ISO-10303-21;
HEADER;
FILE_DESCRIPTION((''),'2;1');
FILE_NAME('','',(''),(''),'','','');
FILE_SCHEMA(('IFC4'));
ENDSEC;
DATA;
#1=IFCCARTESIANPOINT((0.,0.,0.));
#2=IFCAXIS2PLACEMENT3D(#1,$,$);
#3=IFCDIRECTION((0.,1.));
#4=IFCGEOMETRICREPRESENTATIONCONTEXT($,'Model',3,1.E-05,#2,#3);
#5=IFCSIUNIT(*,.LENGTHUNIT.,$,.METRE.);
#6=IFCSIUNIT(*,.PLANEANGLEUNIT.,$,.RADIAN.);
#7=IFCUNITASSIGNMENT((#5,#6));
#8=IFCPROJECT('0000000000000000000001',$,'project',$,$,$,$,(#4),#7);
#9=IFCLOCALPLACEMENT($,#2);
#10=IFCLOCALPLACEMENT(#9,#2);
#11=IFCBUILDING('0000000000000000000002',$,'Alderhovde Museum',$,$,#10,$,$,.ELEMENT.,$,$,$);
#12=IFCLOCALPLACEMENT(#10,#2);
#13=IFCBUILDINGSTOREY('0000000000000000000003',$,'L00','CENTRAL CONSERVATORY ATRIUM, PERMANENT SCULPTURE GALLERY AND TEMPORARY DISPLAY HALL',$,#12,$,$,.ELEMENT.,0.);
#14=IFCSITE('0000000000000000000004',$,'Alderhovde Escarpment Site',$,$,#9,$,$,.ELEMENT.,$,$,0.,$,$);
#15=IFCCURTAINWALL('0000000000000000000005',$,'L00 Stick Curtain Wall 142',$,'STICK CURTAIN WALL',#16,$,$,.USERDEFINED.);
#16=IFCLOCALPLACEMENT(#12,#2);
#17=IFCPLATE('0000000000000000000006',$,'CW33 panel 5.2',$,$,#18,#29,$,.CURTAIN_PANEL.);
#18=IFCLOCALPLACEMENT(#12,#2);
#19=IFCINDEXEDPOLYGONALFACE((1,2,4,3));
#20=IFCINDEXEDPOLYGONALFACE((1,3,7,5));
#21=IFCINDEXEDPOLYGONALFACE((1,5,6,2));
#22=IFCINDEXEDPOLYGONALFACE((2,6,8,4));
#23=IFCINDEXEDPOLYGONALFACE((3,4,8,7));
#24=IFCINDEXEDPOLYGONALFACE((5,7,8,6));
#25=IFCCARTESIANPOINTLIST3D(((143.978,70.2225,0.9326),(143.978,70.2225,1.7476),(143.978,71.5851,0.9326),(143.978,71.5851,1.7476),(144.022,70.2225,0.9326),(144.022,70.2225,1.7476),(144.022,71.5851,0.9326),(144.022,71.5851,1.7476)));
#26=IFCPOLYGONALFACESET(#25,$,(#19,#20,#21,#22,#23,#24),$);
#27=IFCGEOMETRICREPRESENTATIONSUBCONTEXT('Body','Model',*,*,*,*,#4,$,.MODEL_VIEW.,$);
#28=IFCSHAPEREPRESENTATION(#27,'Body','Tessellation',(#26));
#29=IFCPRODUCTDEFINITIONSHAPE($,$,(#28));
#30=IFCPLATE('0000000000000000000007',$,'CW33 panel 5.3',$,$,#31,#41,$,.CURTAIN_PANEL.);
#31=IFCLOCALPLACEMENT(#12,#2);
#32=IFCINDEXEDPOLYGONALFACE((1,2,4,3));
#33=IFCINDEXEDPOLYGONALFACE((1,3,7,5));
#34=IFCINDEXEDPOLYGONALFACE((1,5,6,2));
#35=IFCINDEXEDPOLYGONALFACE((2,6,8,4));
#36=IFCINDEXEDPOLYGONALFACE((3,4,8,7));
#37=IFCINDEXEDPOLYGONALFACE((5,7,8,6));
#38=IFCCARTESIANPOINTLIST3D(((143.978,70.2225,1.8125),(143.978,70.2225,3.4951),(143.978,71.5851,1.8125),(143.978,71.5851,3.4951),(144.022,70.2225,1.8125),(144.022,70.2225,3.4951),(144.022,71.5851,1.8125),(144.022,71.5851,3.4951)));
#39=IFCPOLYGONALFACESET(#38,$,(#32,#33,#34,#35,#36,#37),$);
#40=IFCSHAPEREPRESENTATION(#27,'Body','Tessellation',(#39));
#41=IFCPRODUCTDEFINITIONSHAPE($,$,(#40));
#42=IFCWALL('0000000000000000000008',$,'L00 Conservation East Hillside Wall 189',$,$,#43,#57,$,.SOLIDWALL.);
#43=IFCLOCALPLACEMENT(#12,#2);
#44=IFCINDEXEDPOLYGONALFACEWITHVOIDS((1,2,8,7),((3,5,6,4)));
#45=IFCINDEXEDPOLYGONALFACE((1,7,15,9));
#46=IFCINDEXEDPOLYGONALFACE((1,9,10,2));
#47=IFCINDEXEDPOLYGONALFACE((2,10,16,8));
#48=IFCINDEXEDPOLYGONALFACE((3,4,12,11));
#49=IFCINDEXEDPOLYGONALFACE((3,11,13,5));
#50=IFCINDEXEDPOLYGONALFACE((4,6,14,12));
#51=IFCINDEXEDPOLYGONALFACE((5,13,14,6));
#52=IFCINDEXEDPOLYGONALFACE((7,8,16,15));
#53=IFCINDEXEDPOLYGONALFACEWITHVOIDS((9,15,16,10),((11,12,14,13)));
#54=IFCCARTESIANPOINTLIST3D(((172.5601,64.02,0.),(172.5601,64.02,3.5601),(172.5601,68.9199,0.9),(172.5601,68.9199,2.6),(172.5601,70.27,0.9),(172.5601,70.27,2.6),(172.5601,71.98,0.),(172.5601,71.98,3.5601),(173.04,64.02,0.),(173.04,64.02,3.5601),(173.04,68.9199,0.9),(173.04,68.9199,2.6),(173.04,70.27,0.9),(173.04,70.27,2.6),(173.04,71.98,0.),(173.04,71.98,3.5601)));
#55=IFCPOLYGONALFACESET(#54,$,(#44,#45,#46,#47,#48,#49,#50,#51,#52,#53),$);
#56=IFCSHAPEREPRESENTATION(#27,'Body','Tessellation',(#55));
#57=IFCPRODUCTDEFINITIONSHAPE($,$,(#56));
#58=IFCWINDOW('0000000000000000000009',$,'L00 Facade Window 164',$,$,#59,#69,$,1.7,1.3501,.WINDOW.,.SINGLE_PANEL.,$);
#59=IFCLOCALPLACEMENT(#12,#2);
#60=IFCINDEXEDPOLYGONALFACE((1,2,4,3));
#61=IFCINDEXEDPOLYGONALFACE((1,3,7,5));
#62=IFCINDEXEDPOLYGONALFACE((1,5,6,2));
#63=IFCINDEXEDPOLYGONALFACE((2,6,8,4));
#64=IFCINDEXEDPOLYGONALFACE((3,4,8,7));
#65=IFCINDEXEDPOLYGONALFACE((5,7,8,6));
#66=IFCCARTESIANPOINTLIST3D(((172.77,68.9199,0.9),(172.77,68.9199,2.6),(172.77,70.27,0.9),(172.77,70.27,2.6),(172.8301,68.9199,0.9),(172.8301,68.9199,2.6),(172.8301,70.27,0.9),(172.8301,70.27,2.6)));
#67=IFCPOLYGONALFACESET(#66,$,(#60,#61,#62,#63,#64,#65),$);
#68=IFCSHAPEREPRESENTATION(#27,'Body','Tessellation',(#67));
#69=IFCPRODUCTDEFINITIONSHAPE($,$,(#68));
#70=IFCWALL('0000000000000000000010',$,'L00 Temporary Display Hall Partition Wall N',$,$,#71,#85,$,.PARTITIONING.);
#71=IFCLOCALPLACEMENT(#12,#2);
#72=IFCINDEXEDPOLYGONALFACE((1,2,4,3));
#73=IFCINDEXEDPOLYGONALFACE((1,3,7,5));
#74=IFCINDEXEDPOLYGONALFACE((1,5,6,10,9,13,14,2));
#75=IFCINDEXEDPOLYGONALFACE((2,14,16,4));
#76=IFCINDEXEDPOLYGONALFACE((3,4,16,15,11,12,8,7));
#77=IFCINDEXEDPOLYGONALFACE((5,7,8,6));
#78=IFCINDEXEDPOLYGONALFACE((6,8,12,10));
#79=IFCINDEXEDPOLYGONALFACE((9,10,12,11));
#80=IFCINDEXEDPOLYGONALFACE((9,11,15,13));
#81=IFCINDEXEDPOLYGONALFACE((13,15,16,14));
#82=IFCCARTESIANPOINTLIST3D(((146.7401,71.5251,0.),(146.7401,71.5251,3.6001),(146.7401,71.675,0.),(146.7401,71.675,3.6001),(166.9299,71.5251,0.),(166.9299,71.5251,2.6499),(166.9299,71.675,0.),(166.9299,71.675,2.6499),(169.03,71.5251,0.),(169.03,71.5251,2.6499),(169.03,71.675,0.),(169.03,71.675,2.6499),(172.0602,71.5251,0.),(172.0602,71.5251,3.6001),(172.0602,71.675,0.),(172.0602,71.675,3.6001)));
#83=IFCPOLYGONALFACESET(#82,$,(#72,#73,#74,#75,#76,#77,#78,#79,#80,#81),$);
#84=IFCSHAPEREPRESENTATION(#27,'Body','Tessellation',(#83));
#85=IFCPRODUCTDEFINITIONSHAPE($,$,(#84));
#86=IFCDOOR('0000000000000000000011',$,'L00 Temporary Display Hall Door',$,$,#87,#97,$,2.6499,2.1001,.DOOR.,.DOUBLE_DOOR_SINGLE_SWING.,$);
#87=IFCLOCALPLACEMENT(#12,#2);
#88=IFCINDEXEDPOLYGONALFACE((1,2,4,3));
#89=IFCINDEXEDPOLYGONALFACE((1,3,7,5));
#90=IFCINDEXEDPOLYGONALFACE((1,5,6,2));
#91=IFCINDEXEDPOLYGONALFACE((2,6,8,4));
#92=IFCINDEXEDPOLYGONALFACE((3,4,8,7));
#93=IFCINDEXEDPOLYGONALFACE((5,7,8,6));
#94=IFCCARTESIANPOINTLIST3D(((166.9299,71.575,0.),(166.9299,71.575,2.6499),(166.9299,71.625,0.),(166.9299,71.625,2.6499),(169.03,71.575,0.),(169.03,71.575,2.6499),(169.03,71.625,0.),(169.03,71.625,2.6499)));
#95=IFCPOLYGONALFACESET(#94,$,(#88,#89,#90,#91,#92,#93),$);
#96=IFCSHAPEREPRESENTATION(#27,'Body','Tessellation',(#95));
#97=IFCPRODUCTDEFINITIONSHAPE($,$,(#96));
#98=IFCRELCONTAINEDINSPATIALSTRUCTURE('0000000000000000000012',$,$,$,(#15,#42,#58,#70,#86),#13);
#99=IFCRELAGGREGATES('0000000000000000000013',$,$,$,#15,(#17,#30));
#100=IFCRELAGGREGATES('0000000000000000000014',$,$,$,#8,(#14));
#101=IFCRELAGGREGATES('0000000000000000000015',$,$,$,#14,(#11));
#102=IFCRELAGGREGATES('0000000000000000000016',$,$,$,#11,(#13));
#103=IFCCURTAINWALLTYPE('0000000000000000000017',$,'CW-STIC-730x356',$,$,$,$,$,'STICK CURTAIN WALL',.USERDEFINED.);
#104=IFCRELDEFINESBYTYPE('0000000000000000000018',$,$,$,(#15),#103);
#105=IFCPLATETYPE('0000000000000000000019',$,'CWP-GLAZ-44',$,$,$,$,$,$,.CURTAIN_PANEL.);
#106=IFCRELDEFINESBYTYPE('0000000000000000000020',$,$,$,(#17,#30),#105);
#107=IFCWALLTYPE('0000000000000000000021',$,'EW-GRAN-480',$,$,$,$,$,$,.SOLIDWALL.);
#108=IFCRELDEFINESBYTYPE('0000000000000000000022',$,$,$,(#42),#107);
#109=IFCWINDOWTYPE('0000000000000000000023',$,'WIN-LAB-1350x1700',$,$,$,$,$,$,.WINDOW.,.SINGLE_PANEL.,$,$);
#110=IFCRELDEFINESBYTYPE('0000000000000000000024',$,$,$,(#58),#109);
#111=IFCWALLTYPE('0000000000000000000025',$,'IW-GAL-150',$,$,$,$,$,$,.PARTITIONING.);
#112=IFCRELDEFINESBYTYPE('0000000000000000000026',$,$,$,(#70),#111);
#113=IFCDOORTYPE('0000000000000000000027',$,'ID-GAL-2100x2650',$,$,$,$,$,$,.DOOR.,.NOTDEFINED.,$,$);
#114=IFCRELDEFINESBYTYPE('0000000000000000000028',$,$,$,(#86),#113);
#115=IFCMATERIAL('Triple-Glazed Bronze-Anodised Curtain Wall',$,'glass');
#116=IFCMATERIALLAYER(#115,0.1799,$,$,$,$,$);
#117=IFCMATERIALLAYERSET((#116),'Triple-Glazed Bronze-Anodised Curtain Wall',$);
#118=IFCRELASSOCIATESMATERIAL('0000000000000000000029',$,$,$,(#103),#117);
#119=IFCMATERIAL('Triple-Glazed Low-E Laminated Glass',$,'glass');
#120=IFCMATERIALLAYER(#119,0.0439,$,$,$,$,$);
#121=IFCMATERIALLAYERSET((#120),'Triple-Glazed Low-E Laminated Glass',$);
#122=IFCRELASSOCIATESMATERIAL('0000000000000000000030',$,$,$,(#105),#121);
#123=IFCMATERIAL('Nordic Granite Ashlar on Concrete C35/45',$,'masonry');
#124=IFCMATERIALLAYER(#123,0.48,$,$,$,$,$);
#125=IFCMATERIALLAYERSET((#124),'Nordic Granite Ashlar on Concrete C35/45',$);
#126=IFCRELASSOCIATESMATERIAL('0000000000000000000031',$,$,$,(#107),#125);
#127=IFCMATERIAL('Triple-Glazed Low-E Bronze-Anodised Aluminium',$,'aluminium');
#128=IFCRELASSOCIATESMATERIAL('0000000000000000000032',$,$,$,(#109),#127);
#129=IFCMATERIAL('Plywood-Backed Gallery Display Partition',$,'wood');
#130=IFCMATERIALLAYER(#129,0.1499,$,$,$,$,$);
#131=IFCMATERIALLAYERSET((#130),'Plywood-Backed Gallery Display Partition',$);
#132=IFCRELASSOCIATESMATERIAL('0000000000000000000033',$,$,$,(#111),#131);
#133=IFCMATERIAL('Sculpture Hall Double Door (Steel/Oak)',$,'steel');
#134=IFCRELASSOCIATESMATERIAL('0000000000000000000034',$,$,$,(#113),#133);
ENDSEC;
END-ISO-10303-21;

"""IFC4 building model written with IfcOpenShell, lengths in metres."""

from ifc_helpers import new_model, si_unit, direction, frame, frame_2d, origin, origin_2d, place, context, subcontext, project, spatial, rectangle, extrude, material, layer, layer_set, type_object, element, fill, aggregate, save


model = new_model("IFC4")

# Units and contexts
model_context = context("Model", 3, precision=1e-05, world=origin(), true_north=direction((0.0, 1.0)))
body_context = subcontext(model_context, "Body", "Model", "MODEL_VIEW")
ifc_project = project(units=[si_unit("LENGTHUNIT", "METRE"), si_unit("PLANEANGLEUNIT", "RADIAN")], contexts=[model_context])

# Site, building, storey
site_placement = place(None, origin())
site = spatial("IfcSite", under=ifc_project, at=site_placement, Name="Alderhovde Escarpment Site", CompositionType="ELEMENT", RefElevation=0.0)
building_placement = place(site_placement, origin())
building = spatial("IfcBuilding", under=site, at=building_placement, Name="Alderhovde Museum", CompositionType="ELEMENT")
storey_placement = place(building_placement, origin())
storey = spatial("IfcBuildingStorey", under=building, at=storey_placement, Name="L00", Description="CENTRAL CONSERVATORY ATRIUM, PERMANENT SCULPTURE GALLERY AND TEMPORARY DISPLAY HALL", CompositionType="ELEMENT", Elevation=0.0)

# Curtain wall
ifc_material_1 = material(Name="Triple-Glazed Bronze-Anodised Curtain Wall", Category="glass")
ifc_layer_1 = layer(ifc_material_1, 0.1799)
ifc_layer_set_1 = layer_set([ifc_layer_1], Name="Triple-Glazed Bronze-Anodised Curtain Wall")
curtain_wall_type = type_object("IfcCurtainWallType", Name="CW-STIC-730x356", ElementType="STICK CURTAIN WALL", PredefinedType="USERDEFINED", material=ifc_layer_set_1)
curtain_wall_placement = place(storey_placement, origin())
curtain_wall = element("IfcCurtainWall", 1, at=curtain_wall_placement, inside=storey, type_object=curtain_wall_type, Name="L00 Stick Curtain Wall 142", ObjectType="STICK CURTAIN WALL", PredefinedType="USERDEFINED")

# Plates
ifc_material_2 = material(Name="Triple-Glazed Low-E Laminated Glass", Category="glass")
ifc_layer_2 = layer(ifc_material_2, 0.0439)
ifc_layer_set_2 = layer_set([ifc_layer_2], Name="Triple-Glazed Low-E Laminated Glass")
plate_type = type_object("IfcPlateType", Name="CWP-GLAZ-44", PredefinedType="CURTAIN_PANEL", material=ifc_layer_set_2)
plate_1_placement = place(storey_placement, frame((144.0, 70.9038, 0.9326), z_axis=(0.0, 0.0, 1.0), x_axis=(0.0, 1.0, 0.0)))
plate_1 = element("IfcPlate", 2, at=plate_1_placement, type_object=plate_type, Name="CW33 panel 5.2", PredefinedType="CURTAIN_PANEL", context=body_context, shape_type="SweptSolid", body=[
    extrude(rectangle(XDim=1.3625, YDim=0.0439, at=origin_2d()), origin(), (0.0, 0.0, 1.0), 0.8149),
])
plate_2_placement = place(storey_placement, frame((144.0, 70.9038, 1.8125), z_axis=(0.0, 0.0, 1.0), x_axis=(0.0, 1.0, 0.0)))
plate_2 = element("IfcPlate", 3, at=plate_2_placement, type_object=plate_type, Name="CW33 panel 5.3", PredefinedType="CURTAIN_PANEL", context=body_context, shape_type="SweptSolid", body=[
    extrude(rectangle(XDim=1.3625, YDim=0.0439, at=origin_2d()), origin(), (0.0, 0.0, 1.0), 1.6826),
])
aggregate(curtain_wall, [plate_1, plate_2])

# Wall, opening, window
ifc_material_3 = material(Name="Nordic Granite Ashlar on Concrete C35/45", Category="masonry")
ifc_layer_3 = layer(ifc_material_3, 0.48)
ifc_layer_set_3 = layer_set([ifc_layer_3], Name="Nordic Granite Ashlar on Concrete C35/45")
wall_type_1 = type_object("IfcWallType", Name="EW-GRAN-480", PredefinedType="SOLIDWALL", material=ifc_layer_set_3)
wall_1_placement = place(storey_placement, frame((172.8, 64.02, 0.0), z_axis=(0.0, 0.0, 1.0), x_axis=(0.0, 1.0, 0.0)))
wall_1 = element("IfcWall", 4, at=wall_1_placement, inside=storey, type_object=wall_type_1, Name="L00 Conservation East Hillside Wall 189", PredefinedType="SOLIDWALL", context=body_context, shape_type="SweptSolid", body=[
    extrude(rectangle(XDim=7.96, YDim=0.48, at=frame_2d((3.98, 0.0))), origin(), (0.0, 0.0, 1.0), 3.5601),
])
opening_1_placement = place(wall_1_placement, frame((4.8999, 0.0, 0.8999)))
opening_1 = element("IfcOpeningElement", 5, at=opening_1_placement, cuts=wall_1, PredefinedType="OPENING", context=body_context, shape_type="SweptSolid", body=[
    extrude(rectangle(XDim=1.3501, YDim=1.7, at=frame_2d((0.675, 0.8501))), frame((0.0, 0.25, 0.0), z_axis=(0.0, -1.0, 0.0), x_axis=(1.0, 0.0, 0.0)), (0.0, 0.0, 1.0), 0.5),
])
ifc_material_4 = material(Name="Triple-Glazed Low-E Bronze-Anodised Aluminium", Category="aluminium")
window_type = type_object("IfcWindowType", Name="WIN-LAB-1350x1700", PartitioningType="SINGLE_PANEL", PredefinedType="WINDOW", material=ifc_material_4)
window_placement = place(opening_1_placement, origin())
window = element("IfcWindow", 6, at=window_placement, inside=storey, type_object=window_type, Name="L00 Facade Window 164", OverallHeight=1.7, OverallWidth=1.3501, PartitioningType="SINGLE_PANEL", PredefinedType="WINDOW", context=body_context, shape_type="SweptSolid", body=[
    extrude(rectangle(XDim=1.3501, YDim=1.7, at=frame_2d((0.675, 0.8501))), frame((0.0, 0.03, 0.0), z_axis=(0.0, -1.0, 0.0), x_axis=(1.0, 0.0, 0.0)), (0.0, 0.0, 1.0), 0.0601),
])
fill(opening_1, window)

# Wall, opening, door
ifc_material_5 = material(Name="Plywood-Backed Gallery Display Partition", Category="wood")
ifc_layer_4 = layer(ifc_material_5, 0.1499)
ifc_layer_set_4 = layer_set([ifc_layer_4], Name="Plywood-Backed Gallery Display Partition")
wall_type_2 = type_object("IfcWallType", Name="IW-GAL-150", PredefinedType="PARTITIONING", material=ifc_layer_set_4)
wall_2_placement = place(storey_placement, frame((146.74, 71.6001, 0.0), z_axis=(0.0, 0.0, 1.0), x_axis=(1.0, 0.0, 0.0)))
wall_2 = element("IfcWall", 7, at=wall_2_placement, inside=storey, type_object=wall_type_2, Name="L00 Temporary Display Hall Partition Wall N", PredefinedType="PARTITIONING", context=body_context, shape_type="SweptSolid", body=[
    extrude(rectangle(XDim=25.3201, YDim=0.1499, at=frame_2d((12.6602, 0.0))), origin(), (0.0, 0.0, 1.0), 3.6001),
])
opening_2_placement = place(wall_2_placement, frame((20.1899, 0.0, 0.0)))
opening_2 = element("IfcOpeningElement", 8, at=opening_2_placement, cuts=wall_2, PredefinedType="OPENING", context=body_context, shape_type="SweptSolid", body=[
    extrude(rectangle(XDim=2.1001, YDim=2.6499, at=frame_2d((1.05, 1.325))), frame((0.0, 0.085, 0.0), z_axis=(0.0, -1.0, 0.0), x_axis=(1.0, 0.0, 0.0)), (0.0, 0.0, 1.0), 0.1699),
])
ifc_material_6 = material(Name="Sculpture Hall Double Door (Steel/Oak)", Category="steel")
door_type_1 = type_object("IfcDoorType", Name="ID-GAL-2100x2650", OperationType="NOTDEFINED", PredefinedType="DOOR", material=ifc_material_6)
door_1_placement = place(opening_2_placement, origin())
door_1 = element("IfcDoor", 9, at=door_1_placement, inside=storey, type_object=door_type_1, Name="L00 Temporary Display Hall Door", OperationType="DOUBLE_DOOR_SINGLE_SWING", OverallHeight=2.6499, OverallWidth=2.1001, PredefinedType="DOOR", context=body_context, shape_type="SweptSolid", body=[
    extrude(rectangle(XDim=2.1001, YDim=2.6499, at=frame_2d((1.05, 1.325))), frame((0.0, 0.0249, 0.0), z_axis=(0.0, -1.0, 0.0), x_axis=(1.0, 0.0, 0.0)), (0.0, 0.0, 1.0), 0.05),
])
fill(opening_2, door_1)

save(model, "model.ifc")
